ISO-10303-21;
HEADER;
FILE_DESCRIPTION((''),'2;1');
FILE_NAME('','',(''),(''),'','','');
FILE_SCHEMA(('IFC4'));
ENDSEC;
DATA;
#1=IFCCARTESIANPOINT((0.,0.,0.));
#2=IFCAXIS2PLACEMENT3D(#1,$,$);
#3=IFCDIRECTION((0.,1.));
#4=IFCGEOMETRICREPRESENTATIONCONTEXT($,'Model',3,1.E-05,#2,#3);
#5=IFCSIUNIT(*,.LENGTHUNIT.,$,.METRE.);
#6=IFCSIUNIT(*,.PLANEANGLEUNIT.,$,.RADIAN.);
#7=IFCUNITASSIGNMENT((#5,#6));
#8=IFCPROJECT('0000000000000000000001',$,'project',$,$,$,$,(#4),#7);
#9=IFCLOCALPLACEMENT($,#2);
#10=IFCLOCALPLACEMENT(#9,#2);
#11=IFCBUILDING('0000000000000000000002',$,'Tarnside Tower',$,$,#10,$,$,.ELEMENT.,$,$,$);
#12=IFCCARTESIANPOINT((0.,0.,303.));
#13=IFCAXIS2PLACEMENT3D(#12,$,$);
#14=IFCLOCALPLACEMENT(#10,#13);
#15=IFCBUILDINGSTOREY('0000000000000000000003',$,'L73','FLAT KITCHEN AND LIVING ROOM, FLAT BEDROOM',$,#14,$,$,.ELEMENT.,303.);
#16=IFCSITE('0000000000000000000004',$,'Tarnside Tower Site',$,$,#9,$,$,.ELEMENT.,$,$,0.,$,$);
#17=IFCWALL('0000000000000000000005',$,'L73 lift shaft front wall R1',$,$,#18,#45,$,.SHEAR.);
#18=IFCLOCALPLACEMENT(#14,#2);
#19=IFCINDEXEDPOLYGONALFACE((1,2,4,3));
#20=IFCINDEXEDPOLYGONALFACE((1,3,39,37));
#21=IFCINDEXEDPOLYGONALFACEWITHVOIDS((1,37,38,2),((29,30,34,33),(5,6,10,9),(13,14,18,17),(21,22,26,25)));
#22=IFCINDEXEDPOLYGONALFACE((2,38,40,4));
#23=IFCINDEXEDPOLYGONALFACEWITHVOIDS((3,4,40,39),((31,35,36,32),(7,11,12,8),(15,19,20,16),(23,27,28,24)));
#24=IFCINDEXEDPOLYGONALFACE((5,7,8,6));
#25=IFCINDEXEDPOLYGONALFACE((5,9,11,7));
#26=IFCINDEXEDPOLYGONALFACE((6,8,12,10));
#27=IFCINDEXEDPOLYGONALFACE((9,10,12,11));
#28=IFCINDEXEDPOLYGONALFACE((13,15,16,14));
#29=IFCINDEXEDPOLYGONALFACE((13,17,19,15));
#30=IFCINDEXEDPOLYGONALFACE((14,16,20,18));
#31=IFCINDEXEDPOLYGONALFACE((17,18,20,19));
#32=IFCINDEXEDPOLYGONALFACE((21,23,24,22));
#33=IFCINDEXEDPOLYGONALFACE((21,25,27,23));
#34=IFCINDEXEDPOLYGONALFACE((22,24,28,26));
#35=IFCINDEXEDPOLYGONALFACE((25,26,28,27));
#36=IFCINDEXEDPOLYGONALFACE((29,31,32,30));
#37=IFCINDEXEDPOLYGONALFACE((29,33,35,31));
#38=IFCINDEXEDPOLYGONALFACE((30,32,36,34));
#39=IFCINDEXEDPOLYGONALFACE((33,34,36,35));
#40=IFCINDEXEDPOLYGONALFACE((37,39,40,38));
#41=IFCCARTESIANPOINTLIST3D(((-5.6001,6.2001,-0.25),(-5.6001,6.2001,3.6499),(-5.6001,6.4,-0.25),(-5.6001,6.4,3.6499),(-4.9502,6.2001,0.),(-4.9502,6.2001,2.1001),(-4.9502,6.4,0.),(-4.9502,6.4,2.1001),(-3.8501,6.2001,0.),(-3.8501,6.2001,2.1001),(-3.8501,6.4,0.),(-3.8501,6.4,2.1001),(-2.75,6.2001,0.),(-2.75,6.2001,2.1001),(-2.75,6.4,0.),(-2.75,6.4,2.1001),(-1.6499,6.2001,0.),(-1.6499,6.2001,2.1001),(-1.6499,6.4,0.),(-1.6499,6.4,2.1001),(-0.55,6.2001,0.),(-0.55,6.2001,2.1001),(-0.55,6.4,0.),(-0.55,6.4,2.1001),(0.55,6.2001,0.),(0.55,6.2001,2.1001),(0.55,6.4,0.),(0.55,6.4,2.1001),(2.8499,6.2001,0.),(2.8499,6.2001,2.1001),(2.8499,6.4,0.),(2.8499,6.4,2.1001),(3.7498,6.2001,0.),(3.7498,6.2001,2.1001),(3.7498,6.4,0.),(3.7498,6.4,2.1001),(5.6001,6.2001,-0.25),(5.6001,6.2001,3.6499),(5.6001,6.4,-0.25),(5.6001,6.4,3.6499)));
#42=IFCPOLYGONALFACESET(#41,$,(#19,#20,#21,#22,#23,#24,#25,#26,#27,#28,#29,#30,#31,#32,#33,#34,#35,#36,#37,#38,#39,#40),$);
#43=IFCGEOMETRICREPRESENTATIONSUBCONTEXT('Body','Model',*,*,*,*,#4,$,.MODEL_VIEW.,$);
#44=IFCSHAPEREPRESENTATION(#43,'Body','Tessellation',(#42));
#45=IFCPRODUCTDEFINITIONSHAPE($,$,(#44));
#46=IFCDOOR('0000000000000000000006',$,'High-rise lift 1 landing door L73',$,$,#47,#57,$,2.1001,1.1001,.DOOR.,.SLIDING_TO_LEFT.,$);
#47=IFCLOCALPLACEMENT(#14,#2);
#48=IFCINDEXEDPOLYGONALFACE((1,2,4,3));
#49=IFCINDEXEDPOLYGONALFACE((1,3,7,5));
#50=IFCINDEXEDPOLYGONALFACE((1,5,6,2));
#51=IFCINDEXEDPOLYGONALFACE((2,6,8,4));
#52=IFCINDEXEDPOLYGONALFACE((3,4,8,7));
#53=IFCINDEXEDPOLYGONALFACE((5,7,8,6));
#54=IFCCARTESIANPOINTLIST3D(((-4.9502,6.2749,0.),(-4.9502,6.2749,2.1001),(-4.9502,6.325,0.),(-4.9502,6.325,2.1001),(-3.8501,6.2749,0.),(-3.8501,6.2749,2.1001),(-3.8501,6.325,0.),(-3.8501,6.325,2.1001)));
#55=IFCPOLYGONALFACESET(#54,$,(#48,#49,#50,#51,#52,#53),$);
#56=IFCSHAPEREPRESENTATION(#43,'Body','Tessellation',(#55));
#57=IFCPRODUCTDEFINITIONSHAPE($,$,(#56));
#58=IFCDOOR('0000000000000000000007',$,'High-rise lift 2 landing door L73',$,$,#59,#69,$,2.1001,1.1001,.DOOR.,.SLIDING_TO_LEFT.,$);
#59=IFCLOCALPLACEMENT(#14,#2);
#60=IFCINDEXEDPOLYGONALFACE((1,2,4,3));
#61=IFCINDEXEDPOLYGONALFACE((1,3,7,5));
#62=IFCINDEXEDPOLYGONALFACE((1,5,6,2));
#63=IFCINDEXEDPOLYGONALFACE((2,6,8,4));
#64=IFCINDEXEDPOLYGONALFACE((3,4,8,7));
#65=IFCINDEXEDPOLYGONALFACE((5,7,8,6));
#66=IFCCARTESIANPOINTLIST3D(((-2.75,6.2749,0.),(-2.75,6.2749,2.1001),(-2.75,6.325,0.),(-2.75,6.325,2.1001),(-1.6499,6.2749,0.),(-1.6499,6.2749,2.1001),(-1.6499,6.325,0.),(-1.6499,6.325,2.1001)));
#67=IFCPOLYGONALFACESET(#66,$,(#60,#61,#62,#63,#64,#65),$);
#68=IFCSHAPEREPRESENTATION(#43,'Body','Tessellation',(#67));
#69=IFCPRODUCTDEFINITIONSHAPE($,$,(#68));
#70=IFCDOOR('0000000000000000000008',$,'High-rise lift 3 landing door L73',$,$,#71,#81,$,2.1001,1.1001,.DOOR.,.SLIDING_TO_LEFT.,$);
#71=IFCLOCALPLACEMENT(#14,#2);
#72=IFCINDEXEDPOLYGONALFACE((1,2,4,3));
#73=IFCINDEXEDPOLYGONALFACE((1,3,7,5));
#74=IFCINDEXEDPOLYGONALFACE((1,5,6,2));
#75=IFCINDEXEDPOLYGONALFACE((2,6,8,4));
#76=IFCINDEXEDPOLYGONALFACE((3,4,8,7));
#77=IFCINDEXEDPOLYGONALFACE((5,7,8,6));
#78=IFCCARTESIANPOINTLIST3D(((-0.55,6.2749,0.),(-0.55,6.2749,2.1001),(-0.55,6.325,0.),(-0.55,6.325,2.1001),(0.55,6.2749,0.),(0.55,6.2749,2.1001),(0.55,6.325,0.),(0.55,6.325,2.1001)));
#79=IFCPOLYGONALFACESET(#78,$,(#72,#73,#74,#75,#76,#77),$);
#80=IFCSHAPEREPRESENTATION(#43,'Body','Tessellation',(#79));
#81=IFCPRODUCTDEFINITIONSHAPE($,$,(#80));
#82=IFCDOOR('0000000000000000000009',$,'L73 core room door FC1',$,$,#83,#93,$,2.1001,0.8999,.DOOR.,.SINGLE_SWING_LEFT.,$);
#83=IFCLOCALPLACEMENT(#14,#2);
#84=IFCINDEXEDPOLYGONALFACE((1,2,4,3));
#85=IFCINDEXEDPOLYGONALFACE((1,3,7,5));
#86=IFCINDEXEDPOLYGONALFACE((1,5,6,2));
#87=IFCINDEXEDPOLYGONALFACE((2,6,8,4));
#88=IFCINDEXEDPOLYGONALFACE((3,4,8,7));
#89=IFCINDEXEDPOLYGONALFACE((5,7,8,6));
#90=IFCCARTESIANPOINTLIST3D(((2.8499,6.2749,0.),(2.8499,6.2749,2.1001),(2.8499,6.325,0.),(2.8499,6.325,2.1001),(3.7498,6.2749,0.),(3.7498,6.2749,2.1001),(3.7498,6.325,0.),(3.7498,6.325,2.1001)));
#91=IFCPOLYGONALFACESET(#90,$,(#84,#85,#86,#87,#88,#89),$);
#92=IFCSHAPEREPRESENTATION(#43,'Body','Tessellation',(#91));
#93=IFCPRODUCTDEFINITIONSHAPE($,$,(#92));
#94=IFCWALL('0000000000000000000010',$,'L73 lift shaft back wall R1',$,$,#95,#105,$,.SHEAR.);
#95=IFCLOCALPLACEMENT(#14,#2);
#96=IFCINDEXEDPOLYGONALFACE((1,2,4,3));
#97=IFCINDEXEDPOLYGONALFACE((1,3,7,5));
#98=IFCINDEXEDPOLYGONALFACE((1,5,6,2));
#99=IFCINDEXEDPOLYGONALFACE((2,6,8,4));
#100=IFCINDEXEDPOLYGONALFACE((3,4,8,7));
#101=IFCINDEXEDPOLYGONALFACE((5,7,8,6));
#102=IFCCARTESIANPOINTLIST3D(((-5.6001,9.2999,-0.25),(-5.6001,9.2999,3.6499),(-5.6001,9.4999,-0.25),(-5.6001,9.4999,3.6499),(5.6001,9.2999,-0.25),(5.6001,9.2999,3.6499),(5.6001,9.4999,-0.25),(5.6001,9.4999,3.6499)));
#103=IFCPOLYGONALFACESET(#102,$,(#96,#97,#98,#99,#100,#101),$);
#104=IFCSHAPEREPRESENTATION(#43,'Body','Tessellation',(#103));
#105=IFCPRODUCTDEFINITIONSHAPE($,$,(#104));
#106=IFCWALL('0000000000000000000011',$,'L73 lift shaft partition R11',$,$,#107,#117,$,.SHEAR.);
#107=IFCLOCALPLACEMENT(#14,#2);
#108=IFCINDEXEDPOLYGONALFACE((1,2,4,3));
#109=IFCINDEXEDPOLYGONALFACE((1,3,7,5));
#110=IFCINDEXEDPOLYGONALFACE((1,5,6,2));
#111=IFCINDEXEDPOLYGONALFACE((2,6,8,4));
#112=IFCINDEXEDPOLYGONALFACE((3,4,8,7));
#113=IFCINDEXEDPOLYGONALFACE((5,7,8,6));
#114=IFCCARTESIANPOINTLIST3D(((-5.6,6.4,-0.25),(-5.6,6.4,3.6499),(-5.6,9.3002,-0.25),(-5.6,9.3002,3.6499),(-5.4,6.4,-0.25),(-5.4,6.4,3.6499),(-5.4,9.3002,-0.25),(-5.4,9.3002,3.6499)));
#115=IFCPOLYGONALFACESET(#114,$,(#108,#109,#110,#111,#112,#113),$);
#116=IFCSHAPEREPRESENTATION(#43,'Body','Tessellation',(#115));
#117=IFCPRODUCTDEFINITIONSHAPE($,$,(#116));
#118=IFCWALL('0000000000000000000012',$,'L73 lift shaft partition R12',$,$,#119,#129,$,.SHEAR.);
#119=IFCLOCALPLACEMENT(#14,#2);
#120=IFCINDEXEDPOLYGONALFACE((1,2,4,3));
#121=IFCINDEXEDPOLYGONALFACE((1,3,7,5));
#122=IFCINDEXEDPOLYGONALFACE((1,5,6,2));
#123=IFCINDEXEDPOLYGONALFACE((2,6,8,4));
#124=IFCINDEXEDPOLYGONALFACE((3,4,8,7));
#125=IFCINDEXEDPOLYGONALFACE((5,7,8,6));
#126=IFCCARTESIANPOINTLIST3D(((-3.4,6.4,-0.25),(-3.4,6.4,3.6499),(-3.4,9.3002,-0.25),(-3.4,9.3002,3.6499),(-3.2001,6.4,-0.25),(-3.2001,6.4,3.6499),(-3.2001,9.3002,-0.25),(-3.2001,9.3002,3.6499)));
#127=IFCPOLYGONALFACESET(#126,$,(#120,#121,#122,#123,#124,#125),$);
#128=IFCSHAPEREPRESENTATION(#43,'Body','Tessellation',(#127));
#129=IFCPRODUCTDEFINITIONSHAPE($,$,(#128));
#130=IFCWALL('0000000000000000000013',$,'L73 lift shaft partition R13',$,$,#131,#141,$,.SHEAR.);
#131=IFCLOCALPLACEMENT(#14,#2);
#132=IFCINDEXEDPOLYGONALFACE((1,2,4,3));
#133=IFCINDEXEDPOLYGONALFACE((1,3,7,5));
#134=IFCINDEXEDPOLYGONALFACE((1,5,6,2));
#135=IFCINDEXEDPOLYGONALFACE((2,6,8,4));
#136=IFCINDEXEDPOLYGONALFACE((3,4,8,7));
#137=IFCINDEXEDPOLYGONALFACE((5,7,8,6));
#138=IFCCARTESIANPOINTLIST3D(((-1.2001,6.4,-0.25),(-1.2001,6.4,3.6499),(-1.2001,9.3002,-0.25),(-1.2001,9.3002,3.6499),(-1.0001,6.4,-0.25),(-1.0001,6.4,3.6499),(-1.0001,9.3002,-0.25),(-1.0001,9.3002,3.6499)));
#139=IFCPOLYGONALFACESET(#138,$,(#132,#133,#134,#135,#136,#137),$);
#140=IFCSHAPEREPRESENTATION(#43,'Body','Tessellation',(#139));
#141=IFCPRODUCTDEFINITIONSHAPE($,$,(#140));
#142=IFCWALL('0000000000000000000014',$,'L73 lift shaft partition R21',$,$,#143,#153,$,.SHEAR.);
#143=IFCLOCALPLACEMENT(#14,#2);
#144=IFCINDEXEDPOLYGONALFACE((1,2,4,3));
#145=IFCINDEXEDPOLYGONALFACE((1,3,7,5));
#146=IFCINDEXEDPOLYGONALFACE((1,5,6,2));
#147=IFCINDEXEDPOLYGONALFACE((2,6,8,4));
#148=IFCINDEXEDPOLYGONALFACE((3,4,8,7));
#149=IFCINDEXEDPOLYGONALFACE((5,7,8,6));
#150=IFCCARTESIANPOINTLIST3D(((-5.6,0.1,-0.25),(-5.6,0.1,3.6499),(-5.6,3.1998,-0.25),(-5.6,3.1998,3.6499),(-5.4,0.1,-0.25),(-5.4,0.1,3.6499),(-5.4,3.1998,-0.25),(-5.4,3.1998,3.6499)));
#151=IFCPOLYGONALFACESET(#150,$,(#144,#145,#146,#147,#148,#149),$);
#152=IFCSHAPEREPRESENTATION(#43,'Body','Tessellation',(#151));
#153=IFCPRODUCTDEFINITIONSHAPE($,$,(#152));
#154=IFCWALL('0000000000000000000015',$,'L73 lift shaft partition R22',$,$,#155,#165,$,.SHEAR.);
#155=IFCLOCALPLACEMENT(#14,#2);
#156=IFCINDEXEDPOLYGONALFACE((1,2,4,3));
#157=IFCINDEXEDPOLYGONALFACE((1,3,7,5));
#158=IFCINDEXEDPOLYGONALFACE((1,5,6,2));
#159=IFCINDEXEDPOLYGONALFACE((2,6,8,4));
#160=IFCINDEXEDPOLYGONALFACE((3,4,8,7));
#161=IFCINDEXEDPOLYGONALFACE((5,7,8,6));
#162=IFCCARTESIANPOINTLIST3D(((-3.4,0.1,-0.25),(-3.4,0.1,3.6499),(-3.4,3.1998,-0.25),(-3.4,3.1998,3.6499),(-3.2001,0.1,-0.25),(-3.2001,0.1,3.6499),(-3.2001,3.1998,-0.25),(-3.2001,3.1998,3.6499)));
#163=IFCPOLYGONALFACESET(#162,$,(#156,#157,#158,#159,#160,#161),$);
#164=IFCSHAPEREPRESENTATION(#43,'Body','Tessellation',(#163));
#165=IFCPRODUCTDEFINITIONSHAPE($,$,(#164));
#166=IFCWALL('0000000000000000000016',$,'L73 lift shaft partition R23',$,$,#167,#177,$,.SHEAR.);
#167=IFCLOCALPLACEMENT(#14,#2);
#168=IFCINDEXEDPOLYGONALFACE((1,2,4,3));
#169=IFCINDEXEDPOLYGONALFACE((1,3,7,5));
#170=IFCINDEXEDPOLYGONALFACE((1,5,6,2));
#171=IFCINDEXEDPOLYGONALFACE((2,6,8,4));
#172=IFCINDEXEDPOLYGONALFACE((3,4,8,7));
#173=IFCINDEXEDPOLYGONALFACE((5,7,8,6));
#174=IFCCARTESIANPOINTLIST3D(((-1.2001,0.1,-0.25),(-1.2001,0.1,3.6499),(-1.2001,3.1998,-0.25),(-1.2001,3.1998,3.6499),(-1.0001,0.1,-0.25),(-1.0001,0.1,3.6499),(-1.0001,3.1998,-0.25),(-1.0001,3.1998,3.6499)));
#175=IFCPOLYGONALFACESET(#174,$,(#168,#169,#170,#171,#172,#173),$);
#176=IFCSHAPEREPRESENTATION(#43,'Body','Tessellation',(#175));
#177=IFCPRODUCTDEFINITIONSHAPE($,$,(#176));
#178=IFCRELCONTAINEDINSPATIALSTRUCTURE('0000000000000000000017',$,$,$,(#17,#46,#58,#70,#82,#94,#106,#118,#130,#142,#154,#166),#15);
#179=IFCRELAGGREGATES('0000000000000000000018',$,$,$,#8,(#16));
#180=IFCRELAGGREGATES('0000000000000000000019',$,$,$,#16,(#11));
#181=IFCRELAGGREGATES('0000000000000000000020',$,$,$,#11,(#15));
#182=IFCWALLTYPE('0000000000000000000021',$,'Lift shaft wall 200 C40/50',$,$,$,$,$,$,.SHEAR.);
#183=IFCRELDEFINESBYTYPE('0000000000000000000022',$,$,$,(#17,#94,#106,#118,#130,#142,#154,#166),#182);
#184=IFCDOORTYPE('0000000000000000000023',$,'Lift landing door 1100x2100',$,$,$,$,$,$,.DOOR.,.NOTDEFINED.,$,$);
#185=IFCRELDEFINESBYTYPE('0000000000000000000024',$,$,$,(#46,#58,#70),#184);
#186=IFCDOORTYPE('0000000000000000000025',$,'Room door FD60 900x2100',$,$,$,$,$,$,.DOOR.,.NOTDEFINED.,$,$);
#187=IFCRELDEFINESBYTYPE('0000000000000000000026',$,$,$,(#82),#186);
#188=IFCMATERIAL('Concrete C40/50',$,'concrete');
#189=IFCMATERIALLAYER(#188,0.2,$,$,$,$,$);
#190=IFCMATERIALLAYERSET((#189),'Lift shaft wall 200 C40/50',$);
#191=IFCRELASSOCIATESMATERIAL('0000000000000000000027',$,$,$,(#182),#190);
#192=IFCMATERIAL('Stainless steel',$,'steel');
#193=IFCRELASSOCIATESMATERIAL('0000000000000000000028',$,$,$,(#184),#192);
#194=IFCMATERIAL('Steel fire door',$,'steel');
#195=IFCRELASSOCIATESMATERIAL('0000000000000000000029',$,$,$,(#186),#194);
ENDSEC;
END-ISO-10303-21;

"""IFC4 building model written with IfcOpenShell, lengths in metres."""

from ifc_helpers import new_model, si_unit, direction, frame, frame_2d, origin, place, context, subcontext, project, spatial, rectangle, extrude, material, layer, layer_set, type_object, element, fill, save


model = new_model("IFC4")

# Units and contexts
model_context = context("Model", 3, precision=1e-05, world=origin(), true_north=direction((0.0, 1.0)))
body_context = subcontext(model_context, "Body", "Model", "MODEL_VIEW")
ifc_project = project(units=[si_unit("LENGTHUNIT", "METRE"), si_unit("PLANEANGLEUNIT", "RADIAN")], contexts=[model_context])

# Site, building, storey
site_placement = place(None, origin())
site = spatial("IfcSite", under=ifc_project, at=site_placement, Name="Tarnside Tower Site", CompositionType="ELEMENT", RefElevation=0.0)
building_placement = place(site_placement, origin())
building = spatial("IfcBuilding", under=site, at=building_placement, Name="Tarnside Tower", CompositionType="ELEMENT")
storey_placement = place(building_placement, frame((0.0, 0.0, 303.0)))
storey = spatial("IfcBuildingStorey", under=building, at=storey_placement, Name="L73", Description="FLAT KITCHEN AND LIVING ROOM, FLAT BEDROOM", CompositionType="ELEMENT", Elevation=303.0)

# Wall, openings, doors
ifc_material_1 = material(Name="Concrete C40/50", Category="concrete")
ifc_layer_1 = layer(ifc_material_1, 0.2)
ifc_layer_set_1 = layer_set([ifc_layer_1], Name="Lift shaft wall 200 C40/50")
wall_type = type_object("IfcWallType", Name="Lift shaft wall 200 C40/50", PredefinedType="SHEAR", material=ifc_layer_set_1)
wall_1_placement = place(storey_placement, frame((-5.6001, 6.3, -0.25), z_axis=(0.0, 0.0, 1.0), x_axis=(1.0, 0.0, 0.0)))
wall_1 = element("IfcWall", 1, at=wall_1_placement, inside=storey, type_object=wall_type, Name="L73 lift shaft front wall R1", PredefinedType="SHEAR", context=body_context, shape_type="SweptSolid", body=[
    extrude(rectangle(XDim=11.2002, YDim=0.2, at=frame_2d((5.6001, 0.0))), origin(), (0.0, 0.0, 1.0), 3.8999),
])
opening_1_placement = place(wall_1_placement, frame((8.45, 0.0, 0.25)))
opening_1 = element("IfcOpeningElement", 2, at=opening_1_placement, cuts=wall_1, PredefinedType="OPENING", context=body_context, shape_type="SweptSolid", body=[
    extrude(rectangle(XDim=0.8999, YDim=2.1001, at=frame_2d((0.45, 1.05))), frame((0.0, 0.1099, 0.0), z_axis=(0.0, -1.0, 0.0), x_axis=(1.0, 0.0, 0.0)), (0.0, 0.0, 1.0), 0.22),
])
opening_2_placement = place(wall_1_placement, frame((0.6499, 0.0, 0.25)))
opening_2 = element("IfcOpeningElement", 3, at=opening_2_placement, cuts=wall_1, PredefinedType="OPENING", context=body_context, shape_type="SweptSolid", body=[
    extrude(rectangle(XDim=1.1001, YDim=2.1001, at=frame_2d((0.55, 1.05))), frame((0.0, 0.1099, 0.0), z_axis=(0.0, -1.0, 0.0), x_axis=(1.0, 0.0, 0.0)), (0.0, 0.0, 1.0), 0.22),
])
opening_3_placement = place(wall_1_placement, frame((2.8501, 0.0, 0.25)))
opening_3 = element("IfcOpeningElement", 4, at=opening_3_placement, cuts=wall_1, PredefinedType="OPENING", context=body_context, shape_type="SweptSolid", body=[
    extrude(rectangle(XDim=1.1001, YDim=2.1001, at=frame_2d((0.55, 1.05))), frame((0.0, 0.1099, 0.0), z_axis=(0.0, -1.0, 0.0), x_axis=(1.0, 0.0, 0.0)), (0.0, 0.0, 1.0), 0.22),
])
opening_4_placement = place(wall_1_placement, frame((5.05, 0.0, 0.25)))
opening_4 = element("IfcOpeningElement", 5, at=opening_4_placement, cuts=wall_1, PredefinedType="OPENING", context=body_context, shape_type="SweptSolid", body=[
    extrude(rectangle(XDim=1.1001, YDim=2.1001, at=frame_2d((0.55, 1.05))), frame((0.0, 0.1099, 0.0), z_axis=(0.0, -1.0, 0.0), x_axis=(1.0, 0.0, 0.0)), (0.0, 0.0, 1.0), 0.22),
])
ifc_material_2 = material(Name="Stainless steel", Category="steel")
door_type_1 = type_object("IfcDoorType", Name="Lift landing door 1100x2100", OperationType="NOTDEFINED", PredefinedType="DOOR", material=ifc_material_2)
door_1_placement = place(opening_2_placement, origin())
door_1 = element("IfcDoor", 6, at=door_1_placement, inside=storey, type_object=door_type_1, Name="High-rise lift 1 landing door L73", OperationType="SLIDING_TO_LEFT", OverallHeight=2.1001, OverallWidth=1.1001, PredefinedType="DOOR", context=body_context, shape_type="SweptSolid", body=[
    extrude(rectangle(XDim=1.1001, YDim=2.1001, at=frame_2d((0.55, 1.05))), frame((0.0, 0.0249, 0.0), z_axis=(0.0, -1.0, 0.0), x_axis=(1.0, 0.0, 0.0)), (0.0, 0.0, 1.0), 0.05),
])
fill(opening_2, door_1)
door_2_placement = place(opening_3_placement, origin())
door_2 = element("IfcDoor", 7, at=door_2_placement, inside=storey, type_object=door_type_1, Name="High-rise lift 2 landing door L73", OperationType="SLIDING_TO_LEFT", OverallHeight=2.1001, OverallWidth=1.1001, PredefinedType="DOOR", context=body_context, shape_type="SweptSolid", body=[
    extrude(rectangle(XDim=1.1001, YDim=2.1001, at=frame_2d((0.55, 1.05))), frame((0.0, 0.0249, 0.0), z_axis=(0.0, -1.0, 0.0), x_axis=(1.0, 0.0, 0.0)), (0.0, 0.0, 1.0), 0.05),
])
fill(opening_3, door_2)
door_3_placement = place(opening_4_placement, origin())
door_3 = element("IfcDoor", 8, at=door_3_placement, inside=storey, type_object=door_type_1, Name="High-rise lift 3 landing door L73", OperationType="SLIDING_TO_LEFT", OverallHeight=2.1001, OverallWidth=1.1001, PredefinedType="DOOR", context=body_context, shape_type="SweptSolid", body=[
    extrude(rectangle(XDim=1.1001, YDim=2.1001, at=frame_2d((0.55, 1.05))), frame((0.0, 0.0249, 0.0), z_axis=(0.0, -1.0, 0.0), x_axis=(1.0, 0.0, 0.0)), (0.0, 0.0, 1.0), 0.05),
])
fill(opening_4, door_3)
ifc_material_3 = material(Name="Steel fire door", Category="steel")
door_type_2 = type_object("IfcDoorType", Name="Room door FD60 900x2100", OperationType="NOTDEFINED", PredefinedType="DOOR", material=ifc_material_3)
door_4_placement = place(opening_1_placement, origin())
door_4 = element("IfcDoor", 9, at=door_4_placement, inside=storey, type_object=door_type_2, Name="L73 core room door FC1", OperationType="SINGLE_SWING_LEFT", OverallHeight=2.1001, OverallWidth=0.8999, PredefinedType="DOOR", context=body_context, shape_type="SweptSolid", body=[
    extrude(rectangle(XDim=0.8999, YDim=2.1001, at=frame_2d((0.45, 1.05))), frame((0.0, 0.0249, 0.0), z_axis=(0.0, -1.0, 0.0), x_axis=(1.0, 0.0, 0.0)), (0.0, 0.0, 1.0), 0.05),
])
fill(opening_1, door_4)

# Walls
wall_2_placement = place(storey_placement, frame((-5.6001, 9.3999, -0.25), z_axis=(0.0, 0.0, 1.0), x_axis=(1.0, 0.0, 0.0)))
element("IfcWall", 10, at=wall_2_placement, inside=storey, type_object=wall_type, Name="L73 lift shaft back wall R1", PredefinedType="SHEAR", context=body_context, shape_type="SweptSolid", body=[
    extrude(rectangle(XDim=11.2002, YDim=0.2, at=frame_2d((5.6001, 0.0))), origin(), (0.0, 0.0, 1.0), 3.8999),
])
for number, where, z_axis, x_axis, name in (
    (11, (-5.5, 6.3999, -0.25), (0.0, 0.0, 1.0), (0.0, 1.0, 0.0), "L73 lift shaft partition R11"),
    (12, (-3.3, 6.3999, -0.25), (0.0, 0.0, 1.0), (0.0, 1.0, 0.0), "L73 lift shaft partition R12"),
    (13, (-1.1001, 6.3999, -0.25), (0.0, 0.0, 1.0), (0.0, 1.0, 0.0), "L73 lift shaft partition R13"),
):
    element("IfcWall", number, at=place(storey_placement, frame(where, z_axis=z_axis, x_axis=x_axis)), inside=storey, type_object=wall_type, Name=name, PredefinedType="SHEAR", context=body_context, shape_type="SweptSolid", body=[
        extrude(rectangle(XDim=2.9001, YDim=0.2, at=frame_2d((1.4502, 0.0))), origin(), (0.0, 0.0, 1.0), 3.8999),
    ])
for number, where, z_axis, x_axis, name in (
    (14, (-5.5, 0.1001, -0.25), (0.0, 0.0, 1.0), (0.0, 1.0, 0.0), "L73 lift shaft partition R21"),
    (15, (-3.3, 0.1001, -0.25), (0.0, 0.0, 1.0), (0.0, 1.0, 0.0), "L73 lift shaft partition R22"),
    (16, (-1.1001, 0.1001, -0.25), (0.0, 0.0, 1.0), (0.0, 1.0, 0.0), "L73 lift shaft partition R23"),
):
    element("IfcWall", number, at=place(storey_placement, frame(where, z_axis=z_axis, x_axis=x_axis)), inside=storey, type_object=wall_type, Name=name, PredefinedType="SHEAR", context=body_context, shape_type="SweptSolid", body=[
        extrude(rectangle(XDim=3.0999, YDim=0.2, at=frame_2d((1.5498, 0.0))), origin(), (0.0, 0.0, 1.0), 3.8999),
    ])

save(model, "model.ifc")
